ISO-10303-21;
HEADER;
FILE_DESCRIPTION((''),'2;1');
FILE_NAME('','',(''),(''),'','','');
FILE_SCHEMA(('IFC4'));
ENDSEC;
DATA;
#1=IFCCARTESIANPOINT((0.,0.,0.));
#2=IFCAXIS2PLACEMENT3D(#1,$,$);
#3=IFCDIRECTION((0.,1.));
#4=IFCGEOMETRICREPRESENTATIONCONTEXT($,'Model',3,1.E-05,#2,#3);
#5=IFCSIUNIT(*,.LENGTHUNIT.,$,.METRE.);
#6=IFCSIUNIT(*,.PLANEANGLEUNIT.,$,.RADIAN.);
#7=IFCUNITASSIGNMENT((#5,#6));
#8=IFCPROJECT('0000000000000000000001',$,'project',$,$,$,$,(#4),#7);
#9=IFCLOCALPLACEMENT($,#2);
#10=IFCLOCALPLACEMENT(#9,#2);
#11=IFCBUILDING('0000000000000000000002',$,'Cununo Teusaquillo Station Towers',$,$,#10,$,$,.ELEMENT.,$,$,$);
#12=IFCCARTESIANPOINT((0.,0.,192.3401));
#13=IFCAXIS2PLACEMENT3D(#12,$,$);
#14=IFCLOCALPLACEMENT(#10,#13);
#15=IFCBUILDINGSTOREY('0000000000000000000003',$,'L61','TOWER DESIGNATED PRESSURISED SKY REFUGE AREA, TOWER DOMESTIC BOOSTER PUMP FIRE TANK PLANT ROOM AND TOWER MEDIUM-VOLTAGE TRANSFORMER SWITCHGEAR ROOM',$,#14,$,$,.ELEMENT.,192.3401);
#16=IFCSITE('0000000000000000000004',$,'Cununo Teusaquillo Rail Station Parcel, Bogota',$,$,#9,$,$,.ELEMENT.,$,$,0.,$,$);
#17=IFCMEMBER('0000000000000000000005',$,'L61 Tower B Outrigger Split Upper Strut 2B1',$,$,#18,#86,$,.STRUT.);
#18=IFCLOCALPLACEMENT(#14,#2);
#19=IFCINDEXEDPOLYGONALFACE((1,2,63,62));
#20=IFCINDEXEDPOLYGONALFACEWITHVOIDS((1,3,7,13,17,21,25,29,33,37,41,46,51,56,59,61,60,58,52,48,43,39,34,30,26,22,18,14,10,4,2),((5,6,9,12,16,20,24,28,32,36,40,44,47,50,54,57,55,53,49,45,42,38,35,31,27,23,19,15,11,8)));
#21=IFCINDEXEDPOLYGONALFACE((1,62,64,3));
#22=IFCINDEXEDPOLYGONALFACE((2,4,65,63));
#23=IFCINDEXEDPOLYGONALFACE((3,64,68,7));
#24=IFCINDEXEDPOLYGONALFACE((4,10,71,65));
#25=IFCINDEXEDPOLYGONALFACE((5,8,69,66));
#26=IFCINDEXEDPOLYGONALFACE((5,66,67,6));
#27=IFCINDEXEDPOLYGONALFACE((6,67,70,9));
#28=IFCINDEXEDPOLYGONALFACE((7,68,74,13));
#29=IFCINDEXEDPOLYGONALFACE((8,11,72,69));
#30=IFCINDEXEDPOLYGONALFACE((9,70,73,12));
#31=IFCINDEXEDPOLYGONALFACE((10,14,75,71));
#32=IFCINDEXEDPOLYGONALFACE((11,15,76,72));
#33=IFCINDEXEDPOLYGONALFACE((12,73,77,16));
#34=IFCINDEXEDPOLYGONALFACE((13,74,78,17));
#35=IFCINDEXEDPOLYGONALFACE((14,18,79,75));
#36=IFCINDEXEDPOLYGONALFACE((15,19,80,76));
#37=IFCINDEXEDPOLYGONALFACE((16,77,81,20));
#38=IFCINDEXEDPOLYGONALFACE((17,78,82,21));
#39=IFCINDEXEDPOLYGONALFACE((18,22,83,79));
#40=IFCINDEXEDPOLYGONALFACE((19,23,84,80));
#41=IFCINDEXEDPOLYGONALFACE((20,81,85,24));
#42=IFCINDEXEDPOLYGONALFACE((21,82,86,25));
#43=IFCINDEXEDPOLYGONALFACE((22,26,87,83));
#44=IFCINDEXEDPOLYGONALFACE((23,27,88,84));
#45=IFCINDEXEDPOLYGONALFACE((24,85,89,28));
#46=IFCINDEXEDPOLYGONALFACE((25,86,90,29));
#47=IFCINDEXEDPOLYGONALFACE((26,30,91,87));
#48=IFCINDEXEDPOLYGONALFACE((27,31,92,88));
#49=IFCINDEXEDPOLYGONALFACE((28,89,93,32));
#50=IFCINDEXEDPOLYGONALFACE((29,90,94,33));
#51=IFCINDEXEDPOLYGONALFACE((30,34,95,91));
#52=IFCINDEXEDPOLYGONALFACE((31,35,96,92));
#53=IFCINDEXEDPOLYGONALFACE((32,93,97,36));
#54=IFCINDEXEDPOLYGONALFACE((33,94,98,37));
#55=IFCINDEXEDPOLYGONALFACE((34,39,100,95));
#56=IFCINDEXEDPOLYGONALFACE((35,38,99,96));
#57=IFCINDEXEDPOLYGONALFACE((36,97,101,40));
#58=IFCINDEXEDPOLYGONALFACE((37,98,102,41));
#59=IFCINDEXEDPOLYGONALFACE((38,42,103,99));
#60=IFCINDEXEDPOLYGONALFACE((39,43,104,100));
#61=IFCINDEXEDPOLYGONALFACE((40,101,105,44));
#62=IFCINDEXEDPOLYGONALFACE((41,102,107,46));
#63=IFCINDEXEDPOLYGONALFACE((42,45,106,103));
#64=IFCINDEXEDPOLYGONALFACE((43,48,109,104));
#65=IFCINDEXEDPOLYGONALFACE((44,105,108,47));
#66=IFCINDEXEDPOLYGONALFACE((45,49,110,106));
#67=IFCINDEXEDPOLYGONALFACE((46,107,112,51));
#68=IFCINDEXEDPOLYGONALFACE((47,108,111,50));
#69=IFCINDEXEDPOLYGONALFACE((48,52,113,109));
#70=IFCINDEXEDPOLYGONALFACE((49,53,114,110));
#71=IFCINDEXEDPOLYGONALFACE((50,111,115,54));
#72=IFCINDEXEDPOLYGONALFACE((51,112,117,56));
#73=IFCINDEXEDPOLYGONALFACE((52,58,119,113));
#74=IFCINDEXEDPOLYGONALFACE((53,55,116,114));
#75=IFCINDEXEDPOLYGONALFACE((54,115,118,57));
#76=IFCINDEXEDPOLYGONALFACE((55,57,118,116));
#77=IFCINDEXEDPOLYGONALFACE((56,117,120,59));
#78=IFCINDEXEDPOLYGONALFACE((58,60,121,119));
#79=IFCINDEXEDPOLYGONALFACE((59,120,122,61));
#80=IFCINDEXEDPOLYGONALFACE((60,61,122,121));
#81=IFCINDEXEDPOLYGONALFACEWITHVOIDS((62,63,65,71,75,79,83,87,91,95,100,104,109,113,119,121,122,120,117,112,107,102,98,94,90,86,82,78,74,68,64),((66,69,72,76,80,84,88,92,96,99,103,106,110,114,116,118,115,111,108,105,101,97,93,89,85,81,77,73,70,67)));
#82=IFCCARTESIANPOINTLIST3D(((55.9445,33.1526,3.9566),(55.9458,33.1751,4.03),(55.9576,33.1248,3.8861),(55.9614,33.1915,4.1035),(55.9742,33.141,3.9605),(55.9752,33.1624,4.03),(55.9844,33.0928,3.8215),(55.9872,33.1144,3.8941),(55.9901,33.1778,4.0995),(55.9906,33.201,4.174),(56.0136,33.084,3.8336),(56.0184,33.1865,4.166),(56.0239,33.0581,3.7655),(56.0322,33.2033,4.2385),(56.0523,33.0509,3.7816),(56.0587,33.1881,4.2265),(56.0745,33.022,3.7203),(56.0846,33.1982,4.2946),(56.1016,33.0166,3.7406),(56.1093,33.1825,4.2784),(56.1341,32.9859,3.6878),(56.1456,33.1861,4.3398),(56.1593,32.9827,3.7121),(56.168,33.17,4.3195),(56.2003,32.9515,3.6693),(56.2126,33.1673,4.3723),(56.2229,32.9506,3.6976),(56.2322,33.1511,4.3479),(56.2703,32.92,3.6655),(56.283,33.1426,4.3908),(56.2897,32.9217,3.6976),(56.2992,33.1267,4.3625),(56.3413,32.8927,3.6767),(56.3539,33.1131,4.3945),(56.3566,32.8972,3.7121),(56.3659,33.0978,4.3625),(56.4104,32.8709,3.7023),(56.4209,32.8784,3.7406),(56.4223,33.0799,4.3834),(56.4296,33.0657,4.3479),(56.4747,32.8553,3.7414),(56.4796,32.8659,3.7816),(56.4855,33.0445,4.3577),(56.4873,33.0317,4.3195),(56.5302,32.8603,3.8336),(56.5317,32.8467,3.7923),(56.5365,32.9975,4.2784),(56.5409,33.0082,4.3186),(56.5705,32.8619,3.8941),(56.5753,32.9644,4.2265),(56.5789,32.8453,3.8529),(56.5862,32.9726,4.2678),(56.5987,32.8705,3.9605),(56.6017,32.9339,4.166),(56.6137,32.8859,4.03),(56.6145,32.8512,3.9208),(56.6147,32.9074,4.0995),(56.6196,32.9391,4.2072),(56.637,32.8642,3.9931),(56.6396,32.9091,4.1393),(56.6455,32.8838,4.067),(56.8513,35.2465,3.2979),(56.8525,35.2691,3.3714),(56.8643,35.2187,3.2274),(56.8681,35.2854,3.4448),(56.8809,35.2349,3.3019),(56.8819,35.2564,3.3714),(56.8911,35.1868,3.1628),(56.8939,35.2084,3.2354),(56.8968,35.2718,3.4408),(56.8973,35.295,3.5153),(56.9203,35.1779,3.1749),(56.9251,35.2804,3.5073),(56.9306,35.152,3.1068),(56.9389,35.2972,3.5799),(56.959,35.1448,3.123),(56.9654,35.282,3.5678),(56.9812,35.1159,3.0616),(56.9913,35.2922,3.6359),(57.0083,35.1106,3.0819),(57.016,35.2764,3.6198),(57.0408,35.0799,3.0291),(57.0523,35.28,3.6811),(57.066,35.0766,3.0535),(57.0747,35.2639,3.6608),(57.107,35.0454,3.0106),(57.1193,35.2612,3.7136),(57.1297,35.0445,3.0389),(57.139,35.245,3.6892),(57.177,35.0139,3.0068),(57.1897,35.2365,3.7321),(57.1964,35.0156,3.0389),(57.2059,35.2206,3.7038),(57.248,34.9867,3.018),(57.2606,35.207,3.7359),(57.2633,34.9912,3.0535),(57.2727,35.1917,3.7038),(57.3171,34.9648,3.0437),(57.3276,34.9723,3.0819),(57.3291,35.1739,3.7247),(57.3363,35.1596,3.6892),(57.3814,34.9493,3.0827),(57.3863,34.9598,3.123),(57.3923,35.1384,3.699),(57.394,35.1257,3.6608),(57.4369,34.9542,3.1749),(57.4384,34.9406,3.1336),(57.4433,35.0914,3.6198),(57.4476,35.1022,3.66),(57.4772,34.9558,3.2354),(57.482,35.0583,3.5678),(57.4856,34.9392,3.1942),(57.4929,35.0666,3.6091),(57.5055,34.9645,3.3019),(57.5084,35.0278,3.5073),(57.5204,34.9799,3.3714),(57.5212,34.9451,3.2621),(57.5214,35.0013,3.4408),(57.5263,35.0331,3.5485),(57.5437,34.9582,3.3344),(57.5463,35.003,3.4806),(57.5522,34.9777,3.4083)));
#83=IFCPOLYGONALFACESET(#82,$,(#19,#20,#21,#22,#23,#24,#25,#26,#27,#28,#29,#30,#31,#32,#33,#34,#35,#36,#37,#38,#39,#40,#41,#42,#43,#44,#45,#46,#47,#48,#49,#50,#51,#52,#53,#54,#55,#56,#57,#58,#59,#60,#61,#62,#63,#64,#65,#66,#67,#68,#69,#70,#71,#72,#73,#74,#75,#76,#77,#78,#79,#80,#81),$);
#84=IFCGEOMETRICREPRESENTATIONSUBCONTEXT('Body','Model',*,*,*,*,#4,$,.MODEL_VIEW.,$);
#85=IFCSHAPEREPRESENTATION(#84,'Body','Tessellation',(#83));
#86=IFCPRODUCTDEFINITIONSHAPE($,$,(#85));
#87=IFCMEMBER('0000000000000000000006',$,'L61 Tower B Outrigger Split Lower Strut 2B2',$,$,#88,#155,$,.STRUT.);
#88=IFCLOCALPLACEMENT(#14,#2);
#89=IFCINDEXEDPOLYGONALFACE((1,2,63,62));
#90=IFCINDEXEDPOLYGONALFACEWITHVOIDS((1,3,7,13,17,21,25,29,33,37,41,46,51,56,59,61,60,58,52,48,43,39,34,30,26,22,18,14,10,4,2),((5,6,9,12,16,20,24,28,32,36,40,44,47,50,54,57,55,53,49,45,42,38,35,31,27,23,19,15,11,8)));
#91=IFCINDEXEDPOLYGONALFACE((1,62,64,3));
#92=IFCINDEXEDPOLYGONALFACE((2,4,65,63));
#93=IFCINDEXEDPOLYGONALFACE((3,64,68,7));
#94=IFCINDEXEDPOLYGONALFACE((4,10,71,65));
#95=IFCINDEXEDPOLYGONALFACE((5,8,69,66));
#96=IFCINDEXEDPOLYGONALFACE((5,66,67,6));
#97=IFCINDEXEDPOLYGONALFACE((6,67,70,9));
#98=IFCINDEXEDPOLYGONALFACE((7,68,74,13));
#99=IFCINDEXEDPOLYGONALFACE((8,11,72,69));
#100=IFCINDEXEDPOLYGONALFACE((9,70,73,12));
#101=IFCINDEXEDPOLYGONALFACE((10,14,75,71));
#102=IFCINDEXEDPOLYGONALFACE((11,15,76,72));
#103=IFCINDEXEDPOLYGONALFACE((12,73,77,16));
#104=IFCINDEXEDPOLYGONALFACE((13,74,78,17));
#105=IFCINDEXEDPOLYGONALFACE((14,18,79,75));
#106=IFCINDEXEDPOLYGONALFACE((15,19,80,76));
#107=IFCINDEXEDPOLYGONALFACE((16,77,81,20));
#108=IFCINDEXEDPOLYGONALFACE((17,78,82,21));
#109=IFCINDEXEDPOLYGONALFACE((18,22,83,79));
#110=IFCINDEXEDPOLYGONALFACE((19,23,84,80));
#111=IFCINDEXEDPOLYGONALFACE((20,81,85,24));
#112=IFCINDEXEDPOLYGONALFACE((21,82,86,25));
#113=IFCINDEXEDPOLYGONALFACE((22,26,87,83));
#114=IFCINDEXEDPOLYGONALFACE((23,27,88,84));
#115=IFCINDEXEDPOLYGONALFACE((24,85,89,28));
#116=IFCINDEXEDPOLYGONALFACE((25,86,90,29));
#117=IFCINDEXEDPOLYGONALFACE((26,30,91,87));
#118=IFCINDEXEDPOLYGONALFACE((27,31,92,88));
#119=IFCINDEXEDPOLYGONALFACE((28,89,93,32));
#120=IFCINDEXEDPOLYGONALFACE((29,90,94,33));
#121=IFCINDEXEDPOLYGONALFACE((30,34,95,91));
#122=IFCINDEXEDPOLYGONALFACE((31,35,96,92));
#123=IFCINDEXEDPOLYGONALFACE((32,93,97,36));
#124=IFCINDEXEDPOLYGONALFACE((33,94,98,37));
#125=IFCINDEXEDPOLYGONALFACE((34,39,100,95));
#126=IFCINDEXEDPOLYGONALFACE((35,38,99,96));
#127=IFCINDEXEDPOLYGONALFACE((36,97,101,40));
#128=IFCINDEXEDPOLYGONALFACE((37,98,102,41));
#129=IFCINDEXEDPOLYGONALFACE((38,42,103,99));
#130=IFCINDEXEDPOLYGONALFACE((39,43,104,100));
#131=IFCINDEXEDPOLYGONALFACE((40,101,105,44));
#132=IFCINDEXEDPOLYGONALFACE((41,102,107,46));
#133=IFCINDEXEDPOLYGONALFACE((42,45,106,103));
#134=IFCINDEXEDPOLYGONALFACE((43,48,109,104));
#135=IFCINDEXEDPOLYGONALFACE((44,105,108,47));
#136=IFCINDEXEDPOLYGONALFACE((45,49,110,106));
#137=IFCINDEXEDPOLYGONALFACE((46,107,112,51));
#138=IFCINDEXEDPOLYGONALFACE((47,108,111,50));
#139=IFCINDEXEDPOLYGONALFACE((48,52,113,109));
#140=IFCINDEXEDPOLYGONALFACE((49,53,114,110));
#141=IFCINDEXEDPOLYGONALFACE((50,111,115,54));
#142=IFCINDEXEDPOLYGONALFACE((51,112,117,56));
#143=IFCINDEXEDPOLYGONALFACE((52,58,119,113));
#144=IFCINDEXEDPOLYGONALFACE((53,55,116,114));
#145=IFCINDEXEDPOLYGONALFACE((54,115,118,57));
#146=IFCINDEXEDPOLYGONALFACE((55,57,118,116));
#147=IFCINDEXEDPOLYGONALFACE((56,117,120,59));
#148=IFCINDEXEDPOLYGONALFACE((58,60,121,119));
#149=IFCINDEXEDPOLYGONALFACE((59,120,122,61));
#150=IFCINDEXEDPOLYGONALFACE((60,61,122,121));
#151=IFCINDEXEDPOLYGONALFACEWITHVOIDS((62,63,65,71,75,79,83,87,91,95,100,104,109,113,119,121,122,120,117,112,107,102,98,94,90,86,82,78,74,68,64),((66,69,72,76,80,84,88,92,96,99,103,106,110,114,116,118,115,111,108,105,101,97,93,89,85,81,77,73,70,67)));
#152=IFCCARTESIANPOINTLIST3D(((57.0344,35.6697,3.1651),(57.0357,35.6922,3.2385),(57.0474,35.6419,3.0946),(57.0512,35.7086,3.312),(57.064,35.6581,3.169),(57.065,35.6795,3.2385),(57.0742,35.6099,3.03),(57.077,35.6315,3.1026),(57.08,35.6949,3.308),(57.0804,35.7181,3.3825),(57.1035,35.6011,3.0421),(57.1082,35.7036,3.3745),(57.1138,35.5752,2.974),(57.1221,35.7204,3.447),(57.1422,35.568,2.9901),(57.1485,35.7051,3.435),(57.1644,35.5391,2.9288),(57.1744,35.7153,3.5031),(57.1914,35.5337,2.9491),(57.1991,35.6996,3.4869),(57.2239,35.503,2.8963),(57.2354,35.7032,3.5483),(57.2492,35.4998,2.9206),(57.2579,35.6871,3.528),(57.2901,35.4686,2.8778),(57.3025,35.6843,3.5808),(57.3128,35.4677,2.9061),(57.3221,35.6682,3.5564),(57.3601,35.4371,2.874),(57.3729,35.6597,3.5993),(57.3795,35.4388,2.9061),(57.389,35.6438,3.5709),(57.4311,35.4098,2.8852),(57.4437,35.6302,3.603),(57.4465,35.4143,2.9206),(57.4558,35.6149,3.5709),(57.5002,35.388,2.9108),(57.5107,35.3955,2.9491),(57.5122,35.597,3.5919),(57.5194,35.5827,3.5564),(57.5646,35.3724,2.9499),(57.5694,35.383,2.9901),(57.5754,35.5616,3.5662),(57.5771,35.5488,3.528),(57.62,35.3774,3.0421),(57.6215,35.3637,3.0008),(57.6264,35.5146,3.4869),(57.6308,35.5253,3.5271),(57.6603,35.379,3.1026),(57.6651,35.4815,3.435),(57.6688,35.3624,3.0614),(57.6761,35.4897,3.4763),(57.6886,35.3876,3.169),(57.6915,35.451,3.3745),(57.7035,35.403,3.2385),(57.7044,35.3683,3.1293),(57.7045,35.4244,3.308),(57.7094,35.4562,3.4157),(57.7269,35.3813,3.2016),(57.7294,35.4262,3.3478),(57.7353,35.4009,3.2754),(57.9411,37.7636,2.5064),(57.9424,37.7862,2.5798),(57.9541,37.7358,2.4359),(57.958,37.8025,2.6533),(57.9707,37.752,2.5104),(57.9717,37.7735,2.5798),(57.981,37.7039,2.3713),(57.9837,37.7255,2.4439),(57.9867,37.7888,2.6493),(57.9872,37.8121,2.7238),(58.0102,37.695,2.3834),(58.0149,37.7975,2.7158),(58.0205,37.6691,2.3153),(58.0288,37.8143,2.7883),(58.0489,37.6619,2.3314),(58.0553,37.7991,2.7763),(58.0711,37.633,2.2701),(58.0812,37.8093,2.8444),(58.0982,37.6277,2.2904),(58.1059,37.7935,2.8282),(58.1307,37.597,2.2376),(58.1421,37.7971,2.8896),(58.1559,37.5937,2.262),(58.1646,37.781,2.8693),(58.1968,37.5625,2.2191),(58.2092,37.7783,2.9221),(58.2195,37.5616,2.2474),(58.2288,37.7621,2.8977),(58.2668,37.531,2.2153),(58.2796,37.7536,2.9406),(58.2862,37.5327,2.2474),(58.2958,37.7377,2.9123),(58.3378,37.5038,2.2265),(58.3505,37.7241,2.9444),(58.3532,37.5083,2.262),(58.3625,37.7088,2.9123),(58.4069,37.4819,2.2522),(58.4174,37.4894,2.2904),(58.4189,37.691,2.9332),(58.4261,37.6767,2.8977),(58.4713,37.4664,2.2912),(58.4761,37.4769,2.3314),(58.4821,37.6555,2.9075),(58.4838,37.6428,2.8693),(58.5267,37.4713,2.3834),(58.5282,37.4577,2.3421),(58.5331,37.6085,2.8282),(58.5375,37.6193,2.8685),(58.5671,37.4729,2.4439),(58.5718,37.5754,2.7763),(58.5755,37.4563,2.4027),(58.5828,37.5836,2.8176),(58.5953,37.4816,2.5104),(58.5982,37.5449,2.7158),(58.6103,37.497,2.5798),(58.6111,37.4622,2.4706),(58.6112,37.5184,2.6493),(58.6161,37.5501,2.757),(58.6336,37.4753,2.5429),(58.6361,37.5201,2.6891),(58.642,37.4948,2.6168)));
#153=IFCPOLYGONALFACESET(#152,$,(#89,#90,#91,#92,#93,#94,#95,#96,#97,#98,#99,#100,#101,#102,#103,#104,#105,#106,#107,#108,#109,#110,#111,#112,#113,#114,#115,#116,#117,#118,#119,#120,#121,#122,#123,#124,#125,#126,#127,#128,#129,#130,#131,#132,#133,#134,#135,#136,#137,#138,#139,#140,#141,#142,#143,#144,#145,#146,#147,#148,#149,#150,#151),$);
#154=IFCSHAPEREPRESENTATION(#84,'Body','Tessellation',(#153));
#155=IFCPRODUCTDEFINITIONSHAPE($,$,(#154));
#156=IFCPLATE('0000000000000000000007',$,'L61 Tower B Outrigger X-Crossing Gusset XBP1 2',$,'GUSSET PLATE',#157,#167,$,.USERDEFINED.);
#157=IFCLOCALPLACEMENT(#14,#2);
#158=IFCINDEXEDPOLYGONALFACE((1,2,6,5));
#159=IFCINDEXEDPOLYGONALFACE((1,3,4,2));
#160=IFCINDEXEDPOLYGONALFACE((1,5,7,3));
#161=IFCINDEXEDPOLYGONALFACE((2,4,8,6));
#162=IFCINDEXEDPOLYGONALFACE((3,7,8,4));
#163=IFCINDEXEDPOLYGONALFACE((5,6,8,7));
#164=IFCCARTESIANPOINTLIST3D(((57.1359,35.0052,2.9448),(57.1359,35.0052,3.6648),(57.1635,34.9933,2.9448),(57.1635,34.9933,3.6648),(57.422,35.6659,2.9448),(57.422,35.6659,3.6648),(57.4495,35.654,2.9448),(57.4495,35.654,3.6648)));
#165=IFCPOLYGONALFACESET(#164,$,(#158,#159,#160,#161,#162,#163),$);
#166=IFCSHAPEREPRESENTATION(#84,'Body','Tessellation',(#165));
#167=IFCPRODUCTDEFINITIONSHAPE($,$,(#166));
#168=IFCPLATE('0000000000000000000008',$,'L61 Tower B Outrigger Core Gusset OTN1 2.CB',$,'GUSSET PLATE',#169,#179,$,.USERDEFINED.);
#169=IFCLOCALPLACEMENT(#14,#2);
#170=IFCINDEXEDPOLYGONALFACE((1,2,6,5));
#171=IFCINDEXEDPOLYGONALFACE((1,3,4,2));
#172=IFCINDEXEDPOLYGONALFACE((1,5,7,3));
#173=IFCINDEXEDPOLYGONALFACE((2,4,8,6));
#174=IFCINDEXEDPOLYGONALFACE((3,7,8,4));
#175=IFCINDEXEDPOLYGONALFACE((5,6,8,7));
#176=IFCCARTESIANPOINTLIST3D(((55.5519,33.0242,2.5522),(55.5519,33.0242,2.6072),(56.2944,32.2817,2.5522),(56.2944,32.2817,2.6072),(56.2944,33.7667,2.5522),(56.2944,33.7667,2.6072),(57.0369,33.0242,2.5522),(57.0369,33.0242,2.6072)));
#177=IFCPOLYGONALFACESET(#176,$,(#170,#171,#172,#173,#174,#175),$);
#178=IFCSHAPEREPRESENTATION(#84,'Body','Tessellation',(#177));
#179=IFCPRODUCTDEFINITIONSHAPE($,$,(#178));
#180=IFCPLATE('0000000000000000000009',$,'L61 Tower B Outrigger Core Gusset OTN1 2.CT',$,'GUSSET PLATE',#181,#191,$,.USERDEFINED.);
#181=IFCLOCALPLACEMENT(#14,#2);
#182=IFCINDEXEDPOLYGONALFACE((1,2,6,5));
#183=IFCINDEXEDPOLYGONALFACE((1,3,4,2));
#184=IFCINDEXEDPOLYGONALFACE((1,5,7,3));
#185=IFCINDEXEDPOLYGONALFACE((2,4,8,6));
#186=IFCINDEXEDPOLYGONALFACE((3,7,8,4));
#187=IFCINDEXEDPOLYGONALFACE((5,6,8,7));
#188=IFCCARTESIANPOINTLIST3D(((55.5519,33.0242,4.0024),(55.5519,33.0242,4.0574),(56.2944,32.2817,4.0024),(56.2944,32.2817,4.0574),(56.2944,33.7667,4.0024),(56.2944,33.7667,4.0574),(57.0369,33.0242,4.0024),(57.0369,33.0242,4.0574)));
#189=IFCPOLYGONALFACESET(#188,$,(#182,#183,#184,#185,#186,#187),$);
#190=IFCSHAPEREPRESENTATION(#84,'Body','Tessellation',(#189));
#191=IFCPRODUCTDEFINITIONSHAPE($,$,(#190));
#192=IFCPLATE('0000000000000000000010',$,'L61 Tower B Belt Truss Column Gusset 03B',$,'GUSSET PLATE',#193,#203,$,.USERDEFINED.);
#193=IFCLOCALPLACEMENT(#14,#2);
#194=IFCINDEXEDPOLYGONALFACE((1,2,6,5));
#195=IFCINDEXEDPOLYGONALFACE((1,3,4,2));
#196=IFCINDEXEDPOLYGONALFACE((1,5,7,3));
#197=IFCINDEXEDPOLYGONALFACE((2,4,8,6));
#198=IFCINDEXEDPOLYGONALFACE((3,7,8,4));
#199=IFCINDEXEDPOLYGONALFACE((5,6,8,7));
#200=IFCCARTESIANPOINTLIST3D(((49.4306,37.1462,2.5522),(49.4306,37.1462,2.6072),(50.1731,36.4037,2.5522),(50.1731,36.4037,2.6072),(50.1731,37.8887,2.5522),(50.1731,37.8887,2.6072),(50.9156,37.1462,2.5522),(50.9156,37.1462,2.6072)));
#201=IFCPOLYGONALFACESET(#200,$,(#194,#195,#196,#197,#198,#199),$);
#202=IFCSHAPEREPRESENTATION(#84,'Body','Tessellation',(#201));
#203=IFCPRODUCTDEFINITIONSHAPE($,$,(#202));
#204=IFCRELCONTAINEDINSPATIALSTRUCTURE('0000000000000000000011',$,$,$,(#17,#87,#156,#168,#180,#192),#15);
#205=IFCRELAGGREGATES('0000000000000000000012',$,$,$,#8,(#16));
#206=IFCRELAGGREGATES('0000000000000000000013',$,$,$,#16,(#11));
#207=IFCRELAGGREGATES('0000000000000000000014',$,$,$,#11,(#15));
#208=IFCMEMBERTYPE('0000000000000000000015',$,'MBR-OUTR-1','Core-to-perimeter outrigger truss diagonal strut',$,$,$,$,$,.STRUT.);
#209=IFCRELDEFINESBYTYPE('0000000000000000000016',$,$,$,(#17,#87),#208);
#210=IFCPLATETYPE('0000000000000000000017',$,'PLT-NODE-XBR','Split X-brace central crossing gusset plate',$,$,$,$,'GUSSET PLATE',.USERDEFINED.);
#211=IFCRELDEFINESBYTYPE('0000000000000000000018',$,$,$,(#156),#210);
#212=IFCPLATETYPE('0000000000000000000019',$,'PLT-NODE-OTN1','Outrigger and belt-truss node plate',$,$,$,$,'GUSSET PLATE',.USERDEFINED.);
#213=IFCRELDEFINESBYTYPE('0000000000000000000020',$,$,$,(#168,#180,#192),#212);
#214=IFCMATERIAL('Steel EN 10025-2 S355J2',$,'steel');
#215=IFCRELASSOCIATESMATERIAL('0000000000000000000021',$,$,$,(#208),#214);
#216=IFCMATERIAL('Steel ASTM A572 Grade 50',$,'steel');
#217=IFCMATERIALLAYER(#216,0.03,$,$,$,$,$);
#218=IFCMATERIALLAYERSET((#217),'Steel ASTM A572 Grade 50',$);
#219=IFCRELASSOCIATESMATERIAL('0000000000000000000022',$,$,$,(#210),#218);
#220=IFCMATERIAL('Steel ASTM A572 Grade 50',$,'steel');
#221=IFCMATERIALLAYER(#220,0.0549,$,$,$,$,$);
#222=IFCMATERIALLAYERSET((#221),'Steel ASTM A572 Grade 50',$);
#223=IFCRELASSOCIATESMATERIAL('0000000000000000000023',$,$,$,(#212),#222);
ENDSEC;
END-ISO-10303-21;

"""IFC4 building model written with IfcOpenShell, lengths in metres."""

from ifc_helpers import new_model, si_unit, direction, frame, origin, origin_2d, place, context, subcontext, project, spatial, rectangle, hollow_circle, extrude, source, transform, mapped, material, layer, layer_set, material_profile, profile_set, type_object, element, save


model = new_model("IFC4")

# Units and contexts
model_context = context("Model", 3, precision=1e-05, world=origin(), true_north=direction((0.0, 1.0)))
body_context = subcontext(model_context, "Body", "Model", "MODEL_VIEW")
ifc_project = project(units=[si_unit("LENGTHUNIT", "METRE"), si_unit("PLANEANGLEUNIT", "RADIAN")], contexts=[model_context])

# Site, building, storey
site_placement = place(None, origin())
site = spatial("IfcSite", under=ifc_project, at=site_placement, Name="Cununo Teusaquillo Rail Station Parcel, Bogota", CompositionType="ELEMENT", RefElevation=0.0)
building_placement = place(site_placement, origin())
building = spatial("IfcBuilding", under=site, at=building_placement, Name="Cununo Teusaquillo Station Towers", CompositionType="ELEMENT")
storey_placement = place(building_placement, frame((0.0, 0.0, 192.3401)))
storey = spatial("IfcBuildingStorey", under=building, at=storey_placement, Name="L61", Description="TOWER DESIGNATED PRESSURISED SKY REFUGE AREA, TOWER DOMESTIC BOOSTER PUMP FIRE TANK PLANT ROOM AND TOWER MEDIUM-VOLTAGE TRANSFORMER SWITCHGEAR ROOM", CompositionType="ELEMENT", Elevation=192.3401)

# Members
ifc_material_1 = material(Name="Steel EN 10025-2 S355J2", Category="steel")
ifc_material_profile_1 = material_profile(ifc_material_1, hollow_circle(Radius=0.3799, WallThickness=0.032, at=origin_2d()), Name="CHS 760x32")
ifc_profile_set_1 = profile_set([ifc_material_profile_1], Name="Steel EN 10025-2 S355J2")
member_type_1 = type_object("IfcMemberType", Name="MBR-OUTR-1", Description="Core-to-perimeter outrigger truss diagonal strut", PredefinedType="STRUT", material=ifc_profile_set_1)
for number, where, z_axis, x_axis, name in (
    (1, (56.2944, 33.0242, 4.03), (0.381777, 0.881663, -0.277338), (-0.917661, 0.397364, 0.0), "L61 Tower B Outrigger Split Upper Strut 2B1"),
    (2, (57.3843, 35.5413, 3.2385), (0.381777, 0.881663, -0.277338), (-0.917661, 0.397364, 0.0), "L61 Tower B Outrigger Split Lower Strut 2B2"),
):
    element("IfcMember", number, at=place(storey_placement, frame(where, z_axis=z_axis, x_axis=x_axis)), inside=storey, type_object=member_type_1, Name=name, PredefinedType="STRUT", context=body_context, shape_type="SweptSolid", body=[
        extrude(hollow_circle(Radius=0.3799, WallThickness=0.032, at=origin_2d()), origin(), (0.0, 0.0, 1.0), 2.375),
    ])

# Plates
ifc_material_2 = material(Name="Steel ASTM A572 Grade 50", Category="steel")
ifc_layer_1 = layer(ifc_material_2, 0.03)
ifc_layer_set_1 = layer_set([ifc_layer_1], Name="Steel ASTM A572 Grade 50")
plate_type_1 = type_object("IfcPlateType", Name="PLT-NODE-XBR", Description="Split X-brace central crossing gusset plate", ElementType="GUSSET PLATE", PredefinedType="USERDEFINED", material=ifc_layer_set_1)
shared_shape_1 = source(origin(), body_context, "Body", "SweptSolid", [
    extrude(rectangle(XDim=0.72, YDim=0.03, at=origin_2d()), origin(), (0.0, 0.0, 1.0), 0.72),
])
plate_placement = place(storey_placement, frame((57.2927, 35.3296, 2.9448), z_axis=(0.0, 0.0, 1.0), x_axis=(0.397308, 0.917685, 0.0)))
element("IfcPlate", 3, at=plate_placement, inside=storey, type_object=plate_type_1, Name="L61 Tower B Outrigger X-Crossing Gusset XBP1 2", ObjectType="GUSSET PLATE", PredefinedType="USERDEFINED", context=body_context, shape_type="MappedRepresentation", body=[
    mapped(shared_shape_1, transform((0.0, 0.0, 0.0), x_axis=(1.0, 0.0, 0.0), y_axis=(0.0, 1.0, 0.0), z_axis=(0.0, 0.0, 1.0), scale=1.0)),
])
ifc_material_3 = material(Name="Steel ASTM A572 Grade 50", Category="steel")
ifc_layer_2 = layer(ifc_material_3, 0.0549)
ifc_layer_set_2 = layer_set([ifc_layer_2], Name="Steel ASTM A572 Grade 50")
plate_type_2 = type_object("IfcPlateType", Name="PLT-NODE-OTN1", Description="Outrigger and belt-truss node plate", ElementType="GUSSET PLATE", PredefinedType="USERDEFINED", material=ifc_layer_set_2)
shared_shape_2 = source(origin(), body_context, "Body", "SweptSolid", [
    extrude(rectangle(XDim=1.05, YDim=1.05, at=origin_2d()), origin(), (0.0, 0.0, 1.0), 0.0549),
])
for number, where, z_axis, x_axis, name in (
    (4, (56.2944, 33.0242, 2.5522), (0.0, 0.0, 1.0), (0.707107, 0.707107, 0.0), "L61 Tower B Outrigger Core Gusset OTN1 2.CB"),
    (5, (56.2944, 33.0242, 4.0024), (0.0, 0.0, 1.0), (0.707107, 0.707107, 0.0), "L61 Tower B Outrigger Core Gusset OTN1 2.CT"),
    (6, (50.1731, 37.1462, 2.5522), (0.0, 0.0, 1.0), (0.707107, 0.707107, 0.0), "L61 Tower B Belt Truss Column Gusset 03B"),
):
    element("IfcPlate", number, at=place(storey_placement, frame(where, z_axis=z_axis, x_axis=x_axis)), inside=storey, type_object=plate_type_2, Name=name, ObjectType="GUSSET PLATE", PredefinedType="USERDEFINED", context=body_context, shape_type="MappedRepresentation", body=[
        mapped(shared_shape_2, transform((0.0, 0.0, 0.0), x_axis=(1.0, 0.0, 0.0), y_axis=(0.0, 1.0, 0.0), z_axis=(0.0, 0.0, 1.0), scale=1.0)),
    ])

save(model, "model.ifc")
